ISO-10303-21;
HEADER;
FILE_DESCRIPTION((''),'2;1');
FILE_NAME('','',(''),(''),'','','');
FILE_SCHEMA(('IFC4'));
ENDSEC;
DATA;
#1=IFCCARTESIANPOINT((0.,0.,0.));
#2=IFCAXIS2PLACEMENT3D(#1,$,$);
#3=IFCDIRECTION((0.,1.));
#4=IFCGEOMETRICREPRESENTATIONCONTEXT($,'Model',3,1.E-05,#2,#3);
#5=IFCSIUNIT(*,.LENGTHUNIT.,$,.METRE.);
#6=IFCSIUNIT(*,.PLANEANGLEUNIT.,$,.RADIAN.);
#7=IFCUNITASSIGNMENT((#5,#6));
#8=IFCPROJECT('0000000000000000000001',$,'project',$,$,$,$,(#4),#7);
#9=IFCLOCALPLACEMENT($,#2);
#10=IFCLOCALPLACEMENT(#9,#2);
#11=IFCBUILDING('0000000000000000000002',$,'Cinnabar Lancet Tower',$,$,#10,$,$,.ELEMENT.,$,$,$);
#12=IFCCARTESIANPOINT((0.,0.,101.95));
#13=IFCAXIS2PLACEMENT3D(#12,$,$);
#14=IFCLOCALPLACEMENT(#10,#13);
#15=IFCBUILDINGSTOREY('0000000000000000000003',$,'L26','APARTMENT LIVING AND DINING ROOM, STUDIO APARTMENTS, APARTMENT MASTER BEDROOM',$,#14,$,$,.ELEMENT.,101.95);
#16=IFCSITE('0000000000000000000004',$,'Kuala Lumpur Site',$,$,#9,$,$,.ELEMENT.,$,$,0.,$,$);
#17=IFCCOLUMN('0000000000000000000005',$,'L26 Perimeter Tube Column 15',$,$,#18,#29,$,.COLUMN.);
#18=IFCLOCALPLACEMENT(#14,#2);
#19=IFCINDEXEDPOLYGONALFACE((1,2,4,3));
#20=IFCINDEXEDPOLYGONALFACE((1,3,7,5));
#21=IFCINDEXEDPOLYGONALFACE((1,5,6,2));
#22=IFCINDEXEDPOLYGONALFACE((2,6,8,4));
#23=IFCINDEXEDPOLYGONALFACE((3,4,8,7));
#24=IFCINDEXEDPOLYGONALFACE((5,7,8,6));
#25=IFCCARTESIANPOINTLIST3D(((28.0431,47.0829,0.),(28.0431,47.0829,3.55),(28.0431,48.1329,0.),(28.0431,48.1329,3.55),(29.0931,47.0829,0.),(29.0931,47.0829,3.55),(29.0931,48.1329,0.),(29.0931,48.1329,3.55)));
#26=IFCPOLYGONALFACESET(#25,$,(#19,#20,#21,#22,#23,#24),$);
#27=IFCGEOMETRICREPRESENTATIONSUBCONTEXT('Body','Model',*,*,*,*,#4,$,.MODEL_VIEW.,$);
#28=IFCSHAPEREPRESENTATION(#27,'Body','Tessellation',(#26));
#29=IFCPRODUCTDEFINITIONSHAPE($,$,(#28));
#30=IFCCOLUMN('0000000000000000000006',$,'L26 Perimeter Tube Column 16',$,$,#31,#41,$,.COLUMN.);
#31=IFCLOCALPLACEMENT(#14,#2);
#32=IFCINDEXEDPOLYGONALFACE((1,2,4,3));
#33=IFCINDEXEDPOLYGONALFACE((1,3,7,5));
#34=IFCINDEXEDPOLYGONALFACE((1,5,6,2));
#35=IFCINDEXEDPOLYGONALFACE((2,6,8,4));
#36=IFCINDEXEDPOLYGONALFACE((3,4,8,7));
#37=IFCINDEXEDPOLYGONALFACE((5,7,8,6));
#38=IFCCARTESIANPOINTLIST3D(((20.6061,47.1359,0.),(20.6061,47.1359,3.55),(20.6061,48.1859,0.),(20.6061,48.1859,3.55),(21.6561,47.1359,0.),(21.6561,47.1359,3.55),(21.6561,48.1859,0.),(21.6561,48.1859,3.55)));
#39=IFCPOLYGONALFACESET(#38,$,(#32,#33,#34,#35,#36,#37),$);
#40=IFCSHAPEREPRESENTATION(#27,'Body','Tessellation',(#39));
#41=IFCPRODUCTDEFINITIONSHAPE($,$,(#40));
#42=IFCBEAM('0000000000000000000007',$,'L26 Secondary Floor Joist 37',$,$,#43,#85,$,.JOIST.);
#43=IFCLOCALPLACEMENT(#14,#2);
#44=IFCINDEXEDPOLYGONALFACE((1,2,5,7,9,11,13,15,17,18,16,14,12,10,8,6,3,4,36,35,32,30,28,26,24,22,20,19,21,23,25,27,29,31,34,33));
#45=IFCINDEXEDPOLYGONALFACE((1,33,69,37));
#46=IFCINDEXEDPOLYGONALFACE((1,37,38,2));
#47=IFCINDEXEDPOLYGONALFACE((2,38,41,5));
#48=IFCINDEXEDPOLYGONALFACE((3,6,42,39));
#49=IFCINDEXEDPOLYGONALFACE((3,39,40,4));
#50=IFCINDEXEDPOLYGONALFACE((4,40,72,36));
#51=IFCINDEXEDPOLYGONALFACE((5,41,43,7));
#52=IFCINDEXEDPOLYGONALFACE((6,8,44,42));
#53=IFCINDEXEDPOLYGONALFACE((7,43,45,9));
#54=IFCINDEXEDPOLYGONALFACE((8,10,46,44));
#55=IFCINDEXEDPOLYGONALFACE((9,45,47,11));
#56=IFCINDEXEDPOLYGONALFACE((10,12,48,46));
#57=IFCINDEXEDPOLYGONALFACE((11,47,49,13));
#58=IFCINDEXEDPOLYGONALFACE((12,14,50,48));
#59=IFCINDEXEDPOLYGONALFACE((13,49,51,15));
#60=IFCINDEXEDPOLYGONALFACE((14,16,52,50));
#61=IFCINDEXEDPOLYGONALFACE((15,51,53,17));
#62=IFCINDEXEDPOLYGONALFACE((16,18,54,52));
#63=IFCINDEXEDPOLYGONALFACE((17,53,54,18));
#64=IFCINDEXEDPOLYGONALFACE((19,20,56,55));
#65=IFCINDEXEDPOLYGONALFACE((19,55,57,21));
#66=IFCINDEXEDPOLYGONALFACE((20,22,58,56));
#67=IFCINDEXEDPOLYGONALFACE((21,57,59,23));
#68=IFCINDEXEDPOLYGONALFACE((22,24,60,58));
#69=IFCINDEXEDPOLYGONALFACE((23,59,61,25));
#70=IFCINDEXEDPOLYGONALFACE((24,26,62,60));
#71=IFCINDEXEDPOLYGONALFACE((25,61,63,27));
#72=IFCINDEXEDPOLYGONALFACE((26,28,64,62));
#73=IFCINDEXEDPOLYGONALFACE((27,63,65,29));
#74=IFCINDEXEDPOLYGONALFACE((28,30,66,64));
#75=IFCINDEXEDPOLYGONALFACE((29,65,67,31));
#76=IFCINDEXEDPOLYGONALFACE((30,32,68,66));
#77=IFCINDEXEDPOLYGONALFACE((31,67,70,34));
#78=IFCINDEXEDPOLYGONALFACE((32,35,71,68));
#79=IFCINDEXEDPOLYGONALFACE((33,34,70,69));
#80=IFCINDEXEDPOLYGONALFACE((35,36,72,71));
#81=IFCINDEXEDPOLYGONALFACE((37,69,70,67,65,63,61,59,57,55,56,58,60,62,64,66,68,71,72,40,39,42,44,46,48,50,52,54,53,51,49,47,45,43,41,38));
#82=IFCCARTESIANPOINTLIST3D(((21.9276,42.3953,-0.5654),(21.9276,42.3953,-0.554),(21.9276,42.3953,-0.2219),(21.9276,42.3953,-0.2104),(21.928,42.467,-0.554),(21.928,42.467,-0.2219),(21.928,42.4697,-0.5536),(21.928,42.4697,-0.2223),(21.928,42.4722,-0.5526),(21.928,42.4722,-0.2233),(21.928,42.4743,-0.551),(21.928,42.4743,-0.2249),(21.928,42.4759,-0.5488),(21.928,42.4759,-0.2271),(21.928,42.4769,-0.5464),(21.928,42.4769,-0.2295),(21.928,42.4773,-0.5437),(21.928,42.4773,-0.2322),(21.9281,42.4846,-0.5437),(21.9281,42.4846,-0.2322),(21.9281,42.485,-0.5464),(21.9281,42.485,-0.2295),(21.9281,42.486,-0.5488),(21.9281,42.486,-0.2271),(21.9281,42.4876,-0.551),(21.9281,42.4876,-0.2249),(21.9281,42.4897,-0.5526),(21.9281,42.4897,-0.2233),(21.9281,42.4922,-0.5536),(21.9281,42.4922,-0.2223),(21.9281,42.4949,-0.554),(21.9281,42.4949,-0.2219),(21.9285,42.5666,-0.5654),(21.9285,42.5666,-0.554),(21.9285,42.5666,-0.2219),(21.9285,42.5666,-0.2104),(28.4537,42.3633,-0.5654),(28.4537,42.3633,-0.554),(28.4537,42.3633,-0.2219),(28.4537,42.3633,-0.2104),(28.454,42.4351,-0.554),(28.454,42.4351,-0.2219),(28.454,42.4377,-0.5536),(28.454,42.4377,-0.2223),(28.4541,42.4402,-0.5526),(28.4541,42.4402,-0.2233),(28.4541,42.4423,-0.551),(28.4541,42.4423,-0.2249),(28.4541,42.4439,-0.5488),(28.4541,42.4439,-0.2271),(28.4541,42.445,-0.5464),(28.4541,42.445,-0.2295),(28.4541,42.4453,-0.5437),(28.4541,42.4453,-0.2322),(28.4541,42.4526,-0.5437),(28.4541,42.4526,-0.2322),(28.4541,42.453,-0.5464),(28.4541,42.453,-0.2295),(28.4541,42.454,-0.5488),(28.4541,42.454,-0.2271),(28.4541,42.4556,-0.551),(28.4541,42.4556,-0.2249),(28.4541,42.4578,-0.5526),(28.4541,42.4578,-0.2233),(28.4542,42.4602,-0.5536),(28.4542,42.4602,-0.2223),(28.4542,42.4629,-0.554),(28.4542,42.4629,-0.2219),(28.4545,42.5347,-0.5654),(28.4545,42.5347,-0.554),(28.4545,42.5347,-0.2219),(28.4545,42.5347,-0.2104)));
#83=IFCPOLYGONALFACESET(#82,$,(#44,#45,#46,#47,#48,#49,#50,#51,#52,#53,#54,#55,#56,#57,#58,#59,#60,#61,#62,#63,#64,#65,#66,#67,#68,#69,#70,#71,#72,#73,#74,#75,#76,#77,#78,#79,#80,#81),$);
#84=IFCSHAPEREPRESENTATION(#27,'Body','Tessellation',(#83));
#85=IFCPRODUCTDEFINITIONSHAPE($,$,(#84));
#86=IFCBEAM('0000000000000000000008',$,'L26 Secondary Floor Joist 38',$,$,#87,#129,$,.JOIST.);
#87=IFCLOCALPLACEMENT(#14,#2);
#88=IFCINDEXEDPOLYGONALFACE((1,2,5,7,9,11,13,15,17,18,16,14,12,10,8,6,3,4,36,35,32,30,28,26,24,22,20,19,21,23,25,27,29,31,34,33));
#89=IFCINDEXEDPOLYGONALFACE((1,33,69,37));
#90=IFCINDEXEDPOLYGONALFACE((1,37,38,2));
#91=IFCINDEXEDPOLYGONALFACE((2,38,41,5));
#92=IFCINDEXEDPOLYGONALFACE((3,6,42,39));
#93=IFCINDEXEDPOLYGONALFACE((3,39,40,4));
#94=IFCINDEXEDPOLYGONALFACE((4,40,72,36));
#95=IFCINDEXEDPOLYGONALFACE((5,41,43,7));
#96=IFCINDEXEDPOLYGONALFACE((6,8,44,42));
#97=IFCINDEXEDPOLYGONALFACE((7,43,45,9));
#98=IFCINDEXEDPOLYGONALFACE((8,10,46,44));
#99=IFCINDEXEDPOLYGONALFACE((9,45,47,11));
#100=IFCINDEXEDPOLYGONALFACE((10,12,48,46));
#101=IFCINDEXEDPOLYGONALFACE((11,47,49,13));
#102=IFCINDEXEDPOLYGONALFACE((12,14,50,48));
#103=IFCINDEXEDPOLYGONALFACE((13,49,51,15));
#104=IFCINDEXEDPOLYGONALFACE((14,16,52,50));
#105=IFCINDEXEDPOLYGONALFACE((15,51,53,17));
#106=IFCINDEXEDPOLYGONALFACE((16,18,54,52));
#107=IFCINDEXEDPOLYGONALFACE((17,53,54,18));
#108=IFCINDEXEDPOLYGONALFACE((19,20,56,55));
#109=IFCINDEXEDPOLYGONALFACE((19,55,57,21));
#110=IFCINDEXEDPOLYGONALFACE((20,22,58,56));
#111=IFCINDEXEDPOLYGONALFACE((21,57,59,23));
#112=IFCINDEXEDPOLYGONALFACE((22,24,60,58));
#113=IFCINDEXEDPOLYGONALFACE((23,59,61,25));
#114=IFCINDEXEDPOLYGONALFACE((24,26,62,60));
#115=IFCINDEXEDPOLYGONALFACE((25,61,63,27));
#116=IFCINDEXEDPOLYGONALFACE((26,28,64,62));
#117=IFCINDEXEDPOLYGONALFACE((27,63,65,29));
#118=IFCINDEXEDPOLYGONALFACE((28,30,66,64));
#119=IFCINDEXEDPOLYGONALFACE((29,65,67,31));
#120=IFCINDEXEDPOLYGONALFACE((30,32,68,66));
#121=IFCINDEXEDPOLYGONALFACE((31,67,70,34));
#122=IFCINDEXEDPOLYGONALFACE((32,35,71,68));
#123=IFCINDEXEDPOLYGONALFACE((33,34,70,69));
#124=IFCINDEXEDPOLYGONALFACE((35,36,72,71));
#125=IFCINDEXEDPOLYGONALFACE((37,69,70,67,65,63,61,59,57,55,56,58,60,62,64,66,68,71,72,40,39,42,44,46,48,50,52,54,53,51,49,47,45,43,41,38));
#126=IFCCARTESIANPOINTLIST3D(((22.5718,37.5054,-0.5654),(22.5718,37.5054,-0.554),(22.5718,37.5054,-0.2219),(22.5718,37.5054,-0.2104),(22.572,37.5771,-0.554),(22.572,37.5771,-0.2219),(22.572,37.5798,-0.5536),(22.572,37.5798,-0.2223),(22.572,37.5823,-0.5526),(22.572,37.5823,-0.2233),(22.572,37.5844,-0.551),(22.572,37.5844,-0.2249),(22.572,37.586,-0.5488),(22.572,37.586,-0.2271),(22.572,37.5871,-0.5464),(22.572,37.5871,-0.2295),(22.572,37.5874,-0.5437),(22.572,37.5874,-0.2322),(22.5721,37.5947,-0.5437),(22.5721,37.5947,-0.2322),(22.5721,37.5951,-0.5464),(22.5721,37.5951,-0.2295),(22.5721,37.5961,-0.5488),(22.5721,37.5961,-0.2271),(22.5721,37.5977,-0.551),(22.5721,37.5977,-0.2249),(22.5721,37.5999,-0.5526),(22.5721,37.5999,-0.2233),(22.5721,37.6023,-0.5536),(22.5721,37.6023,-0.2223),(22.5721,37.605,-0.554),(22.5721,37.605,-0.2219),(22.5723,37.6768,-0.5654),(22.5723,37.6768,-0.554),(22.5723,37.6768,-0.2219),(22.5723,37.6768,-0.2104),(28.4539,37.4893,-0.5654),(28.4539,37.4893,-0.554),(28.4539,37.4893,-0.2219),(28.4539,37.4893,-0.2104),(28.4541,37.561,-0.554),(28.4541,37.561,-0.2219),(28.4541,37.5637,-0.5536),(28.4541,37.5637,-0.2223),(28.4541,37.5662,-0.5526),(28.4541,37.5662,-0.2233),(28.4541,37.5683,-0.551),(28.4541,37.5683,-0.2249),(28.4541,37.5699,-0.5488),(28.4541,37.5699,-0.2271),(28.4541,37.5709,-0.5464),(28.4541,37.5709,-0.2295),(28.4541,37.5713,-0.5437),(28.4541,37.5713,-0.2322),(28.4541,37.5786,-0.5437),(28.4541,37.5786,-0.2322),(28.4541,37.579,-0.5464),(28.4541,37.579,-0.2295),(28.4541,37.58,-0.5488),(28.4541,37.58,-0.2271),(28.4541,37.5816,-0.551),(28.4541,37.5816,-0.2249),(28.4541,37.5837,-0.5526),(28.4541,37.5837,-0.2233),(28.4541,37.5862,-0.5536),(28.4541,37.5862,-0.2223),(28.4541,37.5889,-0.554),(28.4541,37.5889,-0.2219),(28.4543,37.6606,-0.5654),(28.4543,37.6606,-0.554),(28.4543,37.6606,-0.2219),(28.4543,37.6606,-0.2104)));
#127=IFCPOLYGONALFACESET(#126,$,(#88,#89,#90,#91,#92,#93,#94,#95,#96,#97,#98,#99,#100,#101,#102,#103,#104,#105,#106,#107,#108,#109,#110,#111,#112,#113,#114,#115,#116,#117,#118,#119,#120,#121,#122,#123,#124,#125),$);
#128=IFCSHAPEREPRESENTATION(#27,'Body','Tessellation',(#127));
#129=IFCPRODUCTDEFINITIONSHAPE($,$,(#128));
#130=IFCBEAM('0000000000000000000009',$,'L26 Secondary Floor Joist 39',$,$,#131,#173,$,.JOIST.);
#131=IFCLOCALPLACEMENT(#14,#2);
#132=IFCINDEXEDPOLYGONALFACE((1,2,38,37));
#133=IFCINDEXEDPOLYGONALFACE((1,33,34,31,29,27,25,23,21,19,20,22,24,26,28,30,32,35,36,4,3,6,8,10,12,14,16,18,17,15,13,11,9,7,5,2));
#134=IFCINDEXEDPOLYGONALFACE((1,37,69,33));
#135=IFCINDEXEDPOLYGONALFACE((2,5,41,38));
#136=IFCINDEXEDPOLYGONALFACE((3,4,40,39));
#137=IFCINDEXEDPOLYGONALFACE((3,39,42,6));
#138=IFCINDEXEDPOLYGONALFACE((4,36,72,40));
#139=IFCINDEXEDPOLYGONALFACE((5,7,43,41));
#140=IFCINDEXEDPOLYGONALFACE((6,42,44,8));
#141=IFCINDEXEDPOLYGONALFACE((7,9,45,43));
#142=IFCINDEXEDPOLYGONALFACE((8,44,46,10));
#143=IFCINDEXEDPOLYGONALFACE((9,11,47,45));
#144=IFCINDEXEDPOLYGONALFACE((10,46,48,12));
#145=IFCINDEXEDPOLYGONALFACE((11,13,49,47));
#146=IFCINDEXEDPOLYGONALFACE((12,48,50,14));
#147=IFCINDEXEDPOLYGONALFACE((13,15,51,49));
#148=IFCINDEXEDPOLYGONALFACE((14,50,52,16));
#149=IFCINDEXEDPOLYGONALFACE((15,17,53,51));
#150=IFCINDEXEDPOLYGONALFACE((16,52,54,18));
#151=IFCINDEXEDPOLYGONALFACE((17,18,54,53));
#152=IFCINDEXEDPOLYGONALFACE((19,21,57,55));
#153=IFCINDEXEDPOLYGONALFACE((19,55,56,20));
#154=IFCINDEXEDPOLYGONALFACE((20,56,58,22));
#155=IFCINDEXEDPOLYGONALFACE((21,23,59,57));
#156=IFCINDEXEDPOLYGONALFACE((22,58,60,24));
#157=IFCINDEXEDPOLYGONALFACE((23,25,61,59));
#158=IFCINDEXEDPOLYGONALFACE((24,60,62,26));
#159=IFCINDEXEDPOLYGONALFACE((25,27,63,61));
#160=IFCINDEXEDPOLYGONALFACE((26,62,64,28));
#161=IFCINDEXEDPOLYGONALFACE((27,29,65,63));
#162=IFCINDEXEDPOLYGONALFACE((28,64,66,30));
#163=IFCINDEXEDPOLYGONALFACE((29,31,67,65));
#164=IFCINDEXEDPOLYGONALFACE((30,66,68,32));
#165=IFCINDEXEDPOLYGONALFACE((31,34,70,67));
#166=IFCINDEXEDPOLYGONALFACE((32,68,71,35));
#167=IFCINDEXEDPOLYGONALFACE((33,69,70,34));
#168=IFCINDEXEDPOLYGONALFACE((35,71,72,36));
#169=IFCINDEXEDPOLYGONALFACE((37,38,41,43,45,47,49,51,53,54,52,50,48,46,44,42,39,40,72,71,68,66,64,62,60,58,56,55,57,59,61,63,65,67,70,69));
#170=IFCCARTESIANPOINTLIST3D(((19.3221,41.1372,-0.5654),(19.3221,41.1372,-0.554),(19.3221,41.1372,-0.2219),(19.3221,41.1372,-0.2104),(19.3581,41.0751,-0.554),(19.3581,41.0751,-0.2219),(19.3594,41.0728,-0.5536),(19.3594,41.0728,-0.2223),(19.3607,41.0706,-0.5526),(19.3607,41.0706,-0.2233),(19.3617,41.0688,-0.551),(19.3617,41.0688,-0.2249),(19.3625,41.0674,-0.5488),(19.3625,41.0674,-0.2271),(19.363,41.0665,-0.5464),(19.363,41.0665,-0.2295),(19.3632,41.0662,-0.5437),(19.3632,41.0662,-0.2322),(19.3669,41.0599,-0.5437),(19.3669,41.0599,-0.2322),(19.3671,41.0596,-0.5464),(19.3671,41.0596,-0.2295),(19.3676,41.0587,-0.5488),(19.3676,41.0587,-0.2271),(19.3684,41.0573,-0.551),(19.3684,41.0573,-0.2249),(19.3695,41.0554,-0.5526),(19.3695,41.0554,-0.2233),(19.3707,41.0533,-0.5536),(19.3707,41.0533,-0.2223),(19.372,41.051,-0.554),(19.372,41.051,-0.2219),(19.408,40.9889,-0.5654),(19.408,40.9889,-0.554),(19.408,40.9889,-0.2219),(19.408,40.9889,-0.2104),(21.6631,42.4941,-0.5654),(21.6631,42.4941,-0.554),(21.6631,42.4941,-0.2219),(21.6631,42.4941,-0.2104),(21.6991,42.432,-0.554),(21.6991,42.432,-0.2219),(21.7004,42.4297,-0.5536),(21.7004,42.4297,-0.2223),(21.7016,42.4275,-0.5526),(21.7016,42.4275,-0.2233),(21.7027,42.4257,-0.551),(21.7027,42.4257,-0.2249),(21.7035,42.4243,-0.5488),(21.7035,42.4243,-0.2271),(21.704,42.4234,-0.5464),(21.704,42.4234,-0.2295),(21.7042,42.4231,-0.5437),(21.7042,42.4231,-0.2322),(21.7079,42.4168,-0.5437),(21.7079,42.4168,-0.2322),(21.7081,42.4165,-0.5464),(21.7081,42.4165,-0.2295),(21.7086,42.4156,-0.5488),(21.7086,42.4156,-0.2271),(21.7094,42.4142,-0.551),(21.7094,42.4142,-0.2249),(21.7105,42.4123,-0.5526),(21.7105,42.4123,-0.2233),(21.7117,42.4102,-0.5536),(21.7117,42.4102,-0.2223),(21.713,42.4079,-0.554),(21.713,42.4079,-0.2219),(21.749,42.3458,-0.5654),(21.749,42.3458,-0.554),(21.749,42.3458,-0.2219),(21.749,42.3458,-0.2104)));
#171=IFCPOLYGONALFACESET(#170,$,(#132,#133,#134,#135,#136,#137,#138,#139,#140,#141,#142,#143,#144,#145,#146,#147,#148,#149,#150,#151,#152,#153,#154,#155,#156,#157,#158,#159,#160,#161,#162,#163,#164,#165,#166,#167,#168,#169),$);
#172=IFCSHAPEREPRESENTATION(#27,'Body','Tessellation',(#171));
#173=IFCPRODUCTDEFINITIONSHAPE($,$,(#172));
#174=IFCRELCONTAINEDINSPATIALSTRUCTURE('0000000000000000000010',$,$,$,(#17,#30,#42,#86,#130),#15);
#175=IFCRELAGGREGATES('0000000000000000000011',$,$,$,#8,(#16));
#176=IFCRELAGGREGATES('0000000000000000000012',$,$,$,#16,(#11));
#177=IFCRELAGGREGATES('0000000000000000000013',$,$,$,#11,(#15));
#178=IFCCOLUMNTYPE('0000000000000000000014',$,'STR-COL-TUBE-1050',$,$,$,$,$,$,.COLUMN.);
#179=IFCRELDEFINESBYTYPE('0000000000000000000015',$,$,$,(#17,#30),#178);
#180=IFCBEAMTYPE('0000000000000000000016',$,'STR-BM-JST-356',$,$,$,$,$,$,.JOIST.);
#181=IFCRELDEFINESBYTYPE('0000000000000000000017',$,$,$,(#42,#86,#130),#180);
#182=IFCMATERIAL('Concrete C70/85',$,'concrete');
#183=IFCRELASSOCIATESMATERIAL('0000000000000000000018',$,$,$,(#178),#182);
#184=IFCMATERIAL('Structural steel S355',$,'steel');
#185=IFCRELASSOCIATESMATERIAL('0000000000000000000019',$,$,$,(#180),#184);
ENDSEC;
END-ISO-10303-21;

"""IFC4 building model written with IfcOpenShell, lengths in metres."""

from ifc_helpers import new_model, si_unit, direction, frame, origin, origin_2d, place, context, subcontext, project, spatial, rectangle, i_section, extrude, material, material_profile, profile_set, type_object, element, save


model = new_model("IFC4")

# Units and contexts
model_context = context("Model", 3, precision=1e-05, world=origin(), true_north=direction((0.0, 1.0)))
body_context = subcontext(model_context, "Body", "Model", "MODEL_VIEW")
ifc_project = project(units=[si_unit("LENGTHUNIT", "METRE"), si_unit("PLANEANGLEUNIT", "RADIAN")], contexts=[model_context])

# Site, building, storey
site_placement = place(None, origin())
site = spatial("IfcSite", under=ifc_project, at=site_placement, Name="Kuala Lumpur Site", CompositionType="ELEMENT", RefElevation=0.0)
building_placement = place(site_placement, origin())
building = spatial("IfcBuilding", under=site, at=building_placement, Name="Cinnabar Lancet Tower", CompositionType="ELEMENT")
storey_placement = place(building_placement, frame((0.0, 0.0, 101.95)))
storey = spatial("IfcBuildingStorey", under=building, at=storey_placement, Name="L26", Description="APARTMENT LIVING AND DINING ROOM, STUDIO APARTMENTS, APARTMENT MASTER BEDROOM", CompositionType="ELEMENT", Elevation=101.95)

# Columns
ifc_material_1 = material(Name="Concrete C70/85", Category="concrete")
ifc_material_profile_1 = material_profile(ifc_material_1, rectangle(XDim=1.05, YDim=1.05, at=origin_2d()), Name="RC-COL 1050x1050")
ifc_profile_set_1 = profile_set([ifc_material_profile_1], Name="Concrete C70/85")
column_type = type_object("IfcColumnType", Name="STR-COL-TUBE-1050", PredefinedType="COLUMN", material=ifc_profile_set_1)
for number, where, z_axis, x_axis, name in (
    (1, (28.5681, 47.6079, 0.0), (0.0, 0.0, 1.0), (1.0, 0.0, 0.0), "L26 Perimeter Tube Column 15"),
    (2, (21.1311, 47.6609, 0.0), (0.0, 0.0, 1.0), (1.0, 0.0, 0.0), "L26 Perimeter Tube Column 16"),
):
    element("IfcColumn", number, at=place(storey_placement, frame(where, z_axis=z_axis, x_axis=x_axis)), inside=storey, type_object=column_type, Name=name, PredefinedType="COLUMN", context=body_context, shape_type="SweptSolid", body=[
        extrude(rectangle(XDim=1.05, YDim=1.05, at=origin_2d()), origin(), (0.0, 0.0, 1.0), 3.55),
    ])

# Beams
ifc_material_2 = material(Name="Structural steel S355", Category="steel")
ifc_material_profile_2 = material_profile(ifc_material_2, i_section(OverallWidth=0.1714, OverallDepth=0.355, WebThickness=0.0073, FlangeThickness=0.0115, FilletRadius=0.0103, at=origin_2d()), Name="UKB 356x171x51")
ifc_profile_set_2 = profile_set([ifc_material_profile_2], Name="Structural steel S355")
beam_type_1 = type_object("IfcBeamType", Name="STR-BM-JST-356", PredefinedType="JOIST", material=ifc_profile_set_2)
beam_1_placement = place(storey_placement, frame((28.4541, 42.449, -0.3879), z_axis=(-0.999988, 0.004901, 0.0), x_axis=(-0.004901, -0.999988, 0.0)))
element("IfcBeam", 3, at=beam_1_placement, inside=storey, type_object=beam_type_1, Name="L26 Secondary Floor Joist 37", PredefinedType="JOIST", context=body_context, shape_type="SweptSolid", body=[
    extrude(i_section(OverallWidth=0.1714, OverallDepth=0.355, WebThickness=0.0073, FlangeThickness=0.0115, FilletRadius=0.0103, at=origin_2d()), origin(), (0.0, 0.0, 1.0), 6.5261),
])
beam_2_placement = place(storey_placement, frame((28.4541, 37.575, -0.3879), z_axis=(-0.999996, 0.002739, 0.0), x_axis=(-0.002739, -0.999996, 0.0)))
element("IfcBeam", 4, at=beam_2_placement, inside=storey, type_object=beam_type_1, Name="L26 Secondary Floor Joist 38", PredefinedType="JOIST", context=body_context, shape_type="SweptSolid", body=[
    extrude(i_section(OverallWidth=0.1714, OverallDepth=0.355, WebThickness=0.0073, FlangeThickness=0.0115, FilletRadius=0.0103, at=origin_2d()), origin(), (0.0, 0.0, 1.0), 5.8821),
])
beam_3_placement = place(storey_placement, frame((21.7061, 42.4199, -0.3879), z_axis=(-0.865173, -0.501474, 0.0), x_axis=(0.501474, -0.865173, 0.0)))
element("IfcBeam", 5, at=beam_3_placement, inside=storey, type_object=beam_type_1, Name="L26 Secondary Floor Joist 39", PredefinedType="JOIST", context=body_context, shape_type="SweptSolid", body=[
    extrude(i_section(OverallWidth=0.1714, OverallDepth=0.355, WebThickness=0.0073, FlangeThickness=0.0115, FilletRadius=0.0103, at=origin_2d()), origin(), (0.0, 0.0, 1.0), 2.7058),
])

save(model, "model.ifc")
